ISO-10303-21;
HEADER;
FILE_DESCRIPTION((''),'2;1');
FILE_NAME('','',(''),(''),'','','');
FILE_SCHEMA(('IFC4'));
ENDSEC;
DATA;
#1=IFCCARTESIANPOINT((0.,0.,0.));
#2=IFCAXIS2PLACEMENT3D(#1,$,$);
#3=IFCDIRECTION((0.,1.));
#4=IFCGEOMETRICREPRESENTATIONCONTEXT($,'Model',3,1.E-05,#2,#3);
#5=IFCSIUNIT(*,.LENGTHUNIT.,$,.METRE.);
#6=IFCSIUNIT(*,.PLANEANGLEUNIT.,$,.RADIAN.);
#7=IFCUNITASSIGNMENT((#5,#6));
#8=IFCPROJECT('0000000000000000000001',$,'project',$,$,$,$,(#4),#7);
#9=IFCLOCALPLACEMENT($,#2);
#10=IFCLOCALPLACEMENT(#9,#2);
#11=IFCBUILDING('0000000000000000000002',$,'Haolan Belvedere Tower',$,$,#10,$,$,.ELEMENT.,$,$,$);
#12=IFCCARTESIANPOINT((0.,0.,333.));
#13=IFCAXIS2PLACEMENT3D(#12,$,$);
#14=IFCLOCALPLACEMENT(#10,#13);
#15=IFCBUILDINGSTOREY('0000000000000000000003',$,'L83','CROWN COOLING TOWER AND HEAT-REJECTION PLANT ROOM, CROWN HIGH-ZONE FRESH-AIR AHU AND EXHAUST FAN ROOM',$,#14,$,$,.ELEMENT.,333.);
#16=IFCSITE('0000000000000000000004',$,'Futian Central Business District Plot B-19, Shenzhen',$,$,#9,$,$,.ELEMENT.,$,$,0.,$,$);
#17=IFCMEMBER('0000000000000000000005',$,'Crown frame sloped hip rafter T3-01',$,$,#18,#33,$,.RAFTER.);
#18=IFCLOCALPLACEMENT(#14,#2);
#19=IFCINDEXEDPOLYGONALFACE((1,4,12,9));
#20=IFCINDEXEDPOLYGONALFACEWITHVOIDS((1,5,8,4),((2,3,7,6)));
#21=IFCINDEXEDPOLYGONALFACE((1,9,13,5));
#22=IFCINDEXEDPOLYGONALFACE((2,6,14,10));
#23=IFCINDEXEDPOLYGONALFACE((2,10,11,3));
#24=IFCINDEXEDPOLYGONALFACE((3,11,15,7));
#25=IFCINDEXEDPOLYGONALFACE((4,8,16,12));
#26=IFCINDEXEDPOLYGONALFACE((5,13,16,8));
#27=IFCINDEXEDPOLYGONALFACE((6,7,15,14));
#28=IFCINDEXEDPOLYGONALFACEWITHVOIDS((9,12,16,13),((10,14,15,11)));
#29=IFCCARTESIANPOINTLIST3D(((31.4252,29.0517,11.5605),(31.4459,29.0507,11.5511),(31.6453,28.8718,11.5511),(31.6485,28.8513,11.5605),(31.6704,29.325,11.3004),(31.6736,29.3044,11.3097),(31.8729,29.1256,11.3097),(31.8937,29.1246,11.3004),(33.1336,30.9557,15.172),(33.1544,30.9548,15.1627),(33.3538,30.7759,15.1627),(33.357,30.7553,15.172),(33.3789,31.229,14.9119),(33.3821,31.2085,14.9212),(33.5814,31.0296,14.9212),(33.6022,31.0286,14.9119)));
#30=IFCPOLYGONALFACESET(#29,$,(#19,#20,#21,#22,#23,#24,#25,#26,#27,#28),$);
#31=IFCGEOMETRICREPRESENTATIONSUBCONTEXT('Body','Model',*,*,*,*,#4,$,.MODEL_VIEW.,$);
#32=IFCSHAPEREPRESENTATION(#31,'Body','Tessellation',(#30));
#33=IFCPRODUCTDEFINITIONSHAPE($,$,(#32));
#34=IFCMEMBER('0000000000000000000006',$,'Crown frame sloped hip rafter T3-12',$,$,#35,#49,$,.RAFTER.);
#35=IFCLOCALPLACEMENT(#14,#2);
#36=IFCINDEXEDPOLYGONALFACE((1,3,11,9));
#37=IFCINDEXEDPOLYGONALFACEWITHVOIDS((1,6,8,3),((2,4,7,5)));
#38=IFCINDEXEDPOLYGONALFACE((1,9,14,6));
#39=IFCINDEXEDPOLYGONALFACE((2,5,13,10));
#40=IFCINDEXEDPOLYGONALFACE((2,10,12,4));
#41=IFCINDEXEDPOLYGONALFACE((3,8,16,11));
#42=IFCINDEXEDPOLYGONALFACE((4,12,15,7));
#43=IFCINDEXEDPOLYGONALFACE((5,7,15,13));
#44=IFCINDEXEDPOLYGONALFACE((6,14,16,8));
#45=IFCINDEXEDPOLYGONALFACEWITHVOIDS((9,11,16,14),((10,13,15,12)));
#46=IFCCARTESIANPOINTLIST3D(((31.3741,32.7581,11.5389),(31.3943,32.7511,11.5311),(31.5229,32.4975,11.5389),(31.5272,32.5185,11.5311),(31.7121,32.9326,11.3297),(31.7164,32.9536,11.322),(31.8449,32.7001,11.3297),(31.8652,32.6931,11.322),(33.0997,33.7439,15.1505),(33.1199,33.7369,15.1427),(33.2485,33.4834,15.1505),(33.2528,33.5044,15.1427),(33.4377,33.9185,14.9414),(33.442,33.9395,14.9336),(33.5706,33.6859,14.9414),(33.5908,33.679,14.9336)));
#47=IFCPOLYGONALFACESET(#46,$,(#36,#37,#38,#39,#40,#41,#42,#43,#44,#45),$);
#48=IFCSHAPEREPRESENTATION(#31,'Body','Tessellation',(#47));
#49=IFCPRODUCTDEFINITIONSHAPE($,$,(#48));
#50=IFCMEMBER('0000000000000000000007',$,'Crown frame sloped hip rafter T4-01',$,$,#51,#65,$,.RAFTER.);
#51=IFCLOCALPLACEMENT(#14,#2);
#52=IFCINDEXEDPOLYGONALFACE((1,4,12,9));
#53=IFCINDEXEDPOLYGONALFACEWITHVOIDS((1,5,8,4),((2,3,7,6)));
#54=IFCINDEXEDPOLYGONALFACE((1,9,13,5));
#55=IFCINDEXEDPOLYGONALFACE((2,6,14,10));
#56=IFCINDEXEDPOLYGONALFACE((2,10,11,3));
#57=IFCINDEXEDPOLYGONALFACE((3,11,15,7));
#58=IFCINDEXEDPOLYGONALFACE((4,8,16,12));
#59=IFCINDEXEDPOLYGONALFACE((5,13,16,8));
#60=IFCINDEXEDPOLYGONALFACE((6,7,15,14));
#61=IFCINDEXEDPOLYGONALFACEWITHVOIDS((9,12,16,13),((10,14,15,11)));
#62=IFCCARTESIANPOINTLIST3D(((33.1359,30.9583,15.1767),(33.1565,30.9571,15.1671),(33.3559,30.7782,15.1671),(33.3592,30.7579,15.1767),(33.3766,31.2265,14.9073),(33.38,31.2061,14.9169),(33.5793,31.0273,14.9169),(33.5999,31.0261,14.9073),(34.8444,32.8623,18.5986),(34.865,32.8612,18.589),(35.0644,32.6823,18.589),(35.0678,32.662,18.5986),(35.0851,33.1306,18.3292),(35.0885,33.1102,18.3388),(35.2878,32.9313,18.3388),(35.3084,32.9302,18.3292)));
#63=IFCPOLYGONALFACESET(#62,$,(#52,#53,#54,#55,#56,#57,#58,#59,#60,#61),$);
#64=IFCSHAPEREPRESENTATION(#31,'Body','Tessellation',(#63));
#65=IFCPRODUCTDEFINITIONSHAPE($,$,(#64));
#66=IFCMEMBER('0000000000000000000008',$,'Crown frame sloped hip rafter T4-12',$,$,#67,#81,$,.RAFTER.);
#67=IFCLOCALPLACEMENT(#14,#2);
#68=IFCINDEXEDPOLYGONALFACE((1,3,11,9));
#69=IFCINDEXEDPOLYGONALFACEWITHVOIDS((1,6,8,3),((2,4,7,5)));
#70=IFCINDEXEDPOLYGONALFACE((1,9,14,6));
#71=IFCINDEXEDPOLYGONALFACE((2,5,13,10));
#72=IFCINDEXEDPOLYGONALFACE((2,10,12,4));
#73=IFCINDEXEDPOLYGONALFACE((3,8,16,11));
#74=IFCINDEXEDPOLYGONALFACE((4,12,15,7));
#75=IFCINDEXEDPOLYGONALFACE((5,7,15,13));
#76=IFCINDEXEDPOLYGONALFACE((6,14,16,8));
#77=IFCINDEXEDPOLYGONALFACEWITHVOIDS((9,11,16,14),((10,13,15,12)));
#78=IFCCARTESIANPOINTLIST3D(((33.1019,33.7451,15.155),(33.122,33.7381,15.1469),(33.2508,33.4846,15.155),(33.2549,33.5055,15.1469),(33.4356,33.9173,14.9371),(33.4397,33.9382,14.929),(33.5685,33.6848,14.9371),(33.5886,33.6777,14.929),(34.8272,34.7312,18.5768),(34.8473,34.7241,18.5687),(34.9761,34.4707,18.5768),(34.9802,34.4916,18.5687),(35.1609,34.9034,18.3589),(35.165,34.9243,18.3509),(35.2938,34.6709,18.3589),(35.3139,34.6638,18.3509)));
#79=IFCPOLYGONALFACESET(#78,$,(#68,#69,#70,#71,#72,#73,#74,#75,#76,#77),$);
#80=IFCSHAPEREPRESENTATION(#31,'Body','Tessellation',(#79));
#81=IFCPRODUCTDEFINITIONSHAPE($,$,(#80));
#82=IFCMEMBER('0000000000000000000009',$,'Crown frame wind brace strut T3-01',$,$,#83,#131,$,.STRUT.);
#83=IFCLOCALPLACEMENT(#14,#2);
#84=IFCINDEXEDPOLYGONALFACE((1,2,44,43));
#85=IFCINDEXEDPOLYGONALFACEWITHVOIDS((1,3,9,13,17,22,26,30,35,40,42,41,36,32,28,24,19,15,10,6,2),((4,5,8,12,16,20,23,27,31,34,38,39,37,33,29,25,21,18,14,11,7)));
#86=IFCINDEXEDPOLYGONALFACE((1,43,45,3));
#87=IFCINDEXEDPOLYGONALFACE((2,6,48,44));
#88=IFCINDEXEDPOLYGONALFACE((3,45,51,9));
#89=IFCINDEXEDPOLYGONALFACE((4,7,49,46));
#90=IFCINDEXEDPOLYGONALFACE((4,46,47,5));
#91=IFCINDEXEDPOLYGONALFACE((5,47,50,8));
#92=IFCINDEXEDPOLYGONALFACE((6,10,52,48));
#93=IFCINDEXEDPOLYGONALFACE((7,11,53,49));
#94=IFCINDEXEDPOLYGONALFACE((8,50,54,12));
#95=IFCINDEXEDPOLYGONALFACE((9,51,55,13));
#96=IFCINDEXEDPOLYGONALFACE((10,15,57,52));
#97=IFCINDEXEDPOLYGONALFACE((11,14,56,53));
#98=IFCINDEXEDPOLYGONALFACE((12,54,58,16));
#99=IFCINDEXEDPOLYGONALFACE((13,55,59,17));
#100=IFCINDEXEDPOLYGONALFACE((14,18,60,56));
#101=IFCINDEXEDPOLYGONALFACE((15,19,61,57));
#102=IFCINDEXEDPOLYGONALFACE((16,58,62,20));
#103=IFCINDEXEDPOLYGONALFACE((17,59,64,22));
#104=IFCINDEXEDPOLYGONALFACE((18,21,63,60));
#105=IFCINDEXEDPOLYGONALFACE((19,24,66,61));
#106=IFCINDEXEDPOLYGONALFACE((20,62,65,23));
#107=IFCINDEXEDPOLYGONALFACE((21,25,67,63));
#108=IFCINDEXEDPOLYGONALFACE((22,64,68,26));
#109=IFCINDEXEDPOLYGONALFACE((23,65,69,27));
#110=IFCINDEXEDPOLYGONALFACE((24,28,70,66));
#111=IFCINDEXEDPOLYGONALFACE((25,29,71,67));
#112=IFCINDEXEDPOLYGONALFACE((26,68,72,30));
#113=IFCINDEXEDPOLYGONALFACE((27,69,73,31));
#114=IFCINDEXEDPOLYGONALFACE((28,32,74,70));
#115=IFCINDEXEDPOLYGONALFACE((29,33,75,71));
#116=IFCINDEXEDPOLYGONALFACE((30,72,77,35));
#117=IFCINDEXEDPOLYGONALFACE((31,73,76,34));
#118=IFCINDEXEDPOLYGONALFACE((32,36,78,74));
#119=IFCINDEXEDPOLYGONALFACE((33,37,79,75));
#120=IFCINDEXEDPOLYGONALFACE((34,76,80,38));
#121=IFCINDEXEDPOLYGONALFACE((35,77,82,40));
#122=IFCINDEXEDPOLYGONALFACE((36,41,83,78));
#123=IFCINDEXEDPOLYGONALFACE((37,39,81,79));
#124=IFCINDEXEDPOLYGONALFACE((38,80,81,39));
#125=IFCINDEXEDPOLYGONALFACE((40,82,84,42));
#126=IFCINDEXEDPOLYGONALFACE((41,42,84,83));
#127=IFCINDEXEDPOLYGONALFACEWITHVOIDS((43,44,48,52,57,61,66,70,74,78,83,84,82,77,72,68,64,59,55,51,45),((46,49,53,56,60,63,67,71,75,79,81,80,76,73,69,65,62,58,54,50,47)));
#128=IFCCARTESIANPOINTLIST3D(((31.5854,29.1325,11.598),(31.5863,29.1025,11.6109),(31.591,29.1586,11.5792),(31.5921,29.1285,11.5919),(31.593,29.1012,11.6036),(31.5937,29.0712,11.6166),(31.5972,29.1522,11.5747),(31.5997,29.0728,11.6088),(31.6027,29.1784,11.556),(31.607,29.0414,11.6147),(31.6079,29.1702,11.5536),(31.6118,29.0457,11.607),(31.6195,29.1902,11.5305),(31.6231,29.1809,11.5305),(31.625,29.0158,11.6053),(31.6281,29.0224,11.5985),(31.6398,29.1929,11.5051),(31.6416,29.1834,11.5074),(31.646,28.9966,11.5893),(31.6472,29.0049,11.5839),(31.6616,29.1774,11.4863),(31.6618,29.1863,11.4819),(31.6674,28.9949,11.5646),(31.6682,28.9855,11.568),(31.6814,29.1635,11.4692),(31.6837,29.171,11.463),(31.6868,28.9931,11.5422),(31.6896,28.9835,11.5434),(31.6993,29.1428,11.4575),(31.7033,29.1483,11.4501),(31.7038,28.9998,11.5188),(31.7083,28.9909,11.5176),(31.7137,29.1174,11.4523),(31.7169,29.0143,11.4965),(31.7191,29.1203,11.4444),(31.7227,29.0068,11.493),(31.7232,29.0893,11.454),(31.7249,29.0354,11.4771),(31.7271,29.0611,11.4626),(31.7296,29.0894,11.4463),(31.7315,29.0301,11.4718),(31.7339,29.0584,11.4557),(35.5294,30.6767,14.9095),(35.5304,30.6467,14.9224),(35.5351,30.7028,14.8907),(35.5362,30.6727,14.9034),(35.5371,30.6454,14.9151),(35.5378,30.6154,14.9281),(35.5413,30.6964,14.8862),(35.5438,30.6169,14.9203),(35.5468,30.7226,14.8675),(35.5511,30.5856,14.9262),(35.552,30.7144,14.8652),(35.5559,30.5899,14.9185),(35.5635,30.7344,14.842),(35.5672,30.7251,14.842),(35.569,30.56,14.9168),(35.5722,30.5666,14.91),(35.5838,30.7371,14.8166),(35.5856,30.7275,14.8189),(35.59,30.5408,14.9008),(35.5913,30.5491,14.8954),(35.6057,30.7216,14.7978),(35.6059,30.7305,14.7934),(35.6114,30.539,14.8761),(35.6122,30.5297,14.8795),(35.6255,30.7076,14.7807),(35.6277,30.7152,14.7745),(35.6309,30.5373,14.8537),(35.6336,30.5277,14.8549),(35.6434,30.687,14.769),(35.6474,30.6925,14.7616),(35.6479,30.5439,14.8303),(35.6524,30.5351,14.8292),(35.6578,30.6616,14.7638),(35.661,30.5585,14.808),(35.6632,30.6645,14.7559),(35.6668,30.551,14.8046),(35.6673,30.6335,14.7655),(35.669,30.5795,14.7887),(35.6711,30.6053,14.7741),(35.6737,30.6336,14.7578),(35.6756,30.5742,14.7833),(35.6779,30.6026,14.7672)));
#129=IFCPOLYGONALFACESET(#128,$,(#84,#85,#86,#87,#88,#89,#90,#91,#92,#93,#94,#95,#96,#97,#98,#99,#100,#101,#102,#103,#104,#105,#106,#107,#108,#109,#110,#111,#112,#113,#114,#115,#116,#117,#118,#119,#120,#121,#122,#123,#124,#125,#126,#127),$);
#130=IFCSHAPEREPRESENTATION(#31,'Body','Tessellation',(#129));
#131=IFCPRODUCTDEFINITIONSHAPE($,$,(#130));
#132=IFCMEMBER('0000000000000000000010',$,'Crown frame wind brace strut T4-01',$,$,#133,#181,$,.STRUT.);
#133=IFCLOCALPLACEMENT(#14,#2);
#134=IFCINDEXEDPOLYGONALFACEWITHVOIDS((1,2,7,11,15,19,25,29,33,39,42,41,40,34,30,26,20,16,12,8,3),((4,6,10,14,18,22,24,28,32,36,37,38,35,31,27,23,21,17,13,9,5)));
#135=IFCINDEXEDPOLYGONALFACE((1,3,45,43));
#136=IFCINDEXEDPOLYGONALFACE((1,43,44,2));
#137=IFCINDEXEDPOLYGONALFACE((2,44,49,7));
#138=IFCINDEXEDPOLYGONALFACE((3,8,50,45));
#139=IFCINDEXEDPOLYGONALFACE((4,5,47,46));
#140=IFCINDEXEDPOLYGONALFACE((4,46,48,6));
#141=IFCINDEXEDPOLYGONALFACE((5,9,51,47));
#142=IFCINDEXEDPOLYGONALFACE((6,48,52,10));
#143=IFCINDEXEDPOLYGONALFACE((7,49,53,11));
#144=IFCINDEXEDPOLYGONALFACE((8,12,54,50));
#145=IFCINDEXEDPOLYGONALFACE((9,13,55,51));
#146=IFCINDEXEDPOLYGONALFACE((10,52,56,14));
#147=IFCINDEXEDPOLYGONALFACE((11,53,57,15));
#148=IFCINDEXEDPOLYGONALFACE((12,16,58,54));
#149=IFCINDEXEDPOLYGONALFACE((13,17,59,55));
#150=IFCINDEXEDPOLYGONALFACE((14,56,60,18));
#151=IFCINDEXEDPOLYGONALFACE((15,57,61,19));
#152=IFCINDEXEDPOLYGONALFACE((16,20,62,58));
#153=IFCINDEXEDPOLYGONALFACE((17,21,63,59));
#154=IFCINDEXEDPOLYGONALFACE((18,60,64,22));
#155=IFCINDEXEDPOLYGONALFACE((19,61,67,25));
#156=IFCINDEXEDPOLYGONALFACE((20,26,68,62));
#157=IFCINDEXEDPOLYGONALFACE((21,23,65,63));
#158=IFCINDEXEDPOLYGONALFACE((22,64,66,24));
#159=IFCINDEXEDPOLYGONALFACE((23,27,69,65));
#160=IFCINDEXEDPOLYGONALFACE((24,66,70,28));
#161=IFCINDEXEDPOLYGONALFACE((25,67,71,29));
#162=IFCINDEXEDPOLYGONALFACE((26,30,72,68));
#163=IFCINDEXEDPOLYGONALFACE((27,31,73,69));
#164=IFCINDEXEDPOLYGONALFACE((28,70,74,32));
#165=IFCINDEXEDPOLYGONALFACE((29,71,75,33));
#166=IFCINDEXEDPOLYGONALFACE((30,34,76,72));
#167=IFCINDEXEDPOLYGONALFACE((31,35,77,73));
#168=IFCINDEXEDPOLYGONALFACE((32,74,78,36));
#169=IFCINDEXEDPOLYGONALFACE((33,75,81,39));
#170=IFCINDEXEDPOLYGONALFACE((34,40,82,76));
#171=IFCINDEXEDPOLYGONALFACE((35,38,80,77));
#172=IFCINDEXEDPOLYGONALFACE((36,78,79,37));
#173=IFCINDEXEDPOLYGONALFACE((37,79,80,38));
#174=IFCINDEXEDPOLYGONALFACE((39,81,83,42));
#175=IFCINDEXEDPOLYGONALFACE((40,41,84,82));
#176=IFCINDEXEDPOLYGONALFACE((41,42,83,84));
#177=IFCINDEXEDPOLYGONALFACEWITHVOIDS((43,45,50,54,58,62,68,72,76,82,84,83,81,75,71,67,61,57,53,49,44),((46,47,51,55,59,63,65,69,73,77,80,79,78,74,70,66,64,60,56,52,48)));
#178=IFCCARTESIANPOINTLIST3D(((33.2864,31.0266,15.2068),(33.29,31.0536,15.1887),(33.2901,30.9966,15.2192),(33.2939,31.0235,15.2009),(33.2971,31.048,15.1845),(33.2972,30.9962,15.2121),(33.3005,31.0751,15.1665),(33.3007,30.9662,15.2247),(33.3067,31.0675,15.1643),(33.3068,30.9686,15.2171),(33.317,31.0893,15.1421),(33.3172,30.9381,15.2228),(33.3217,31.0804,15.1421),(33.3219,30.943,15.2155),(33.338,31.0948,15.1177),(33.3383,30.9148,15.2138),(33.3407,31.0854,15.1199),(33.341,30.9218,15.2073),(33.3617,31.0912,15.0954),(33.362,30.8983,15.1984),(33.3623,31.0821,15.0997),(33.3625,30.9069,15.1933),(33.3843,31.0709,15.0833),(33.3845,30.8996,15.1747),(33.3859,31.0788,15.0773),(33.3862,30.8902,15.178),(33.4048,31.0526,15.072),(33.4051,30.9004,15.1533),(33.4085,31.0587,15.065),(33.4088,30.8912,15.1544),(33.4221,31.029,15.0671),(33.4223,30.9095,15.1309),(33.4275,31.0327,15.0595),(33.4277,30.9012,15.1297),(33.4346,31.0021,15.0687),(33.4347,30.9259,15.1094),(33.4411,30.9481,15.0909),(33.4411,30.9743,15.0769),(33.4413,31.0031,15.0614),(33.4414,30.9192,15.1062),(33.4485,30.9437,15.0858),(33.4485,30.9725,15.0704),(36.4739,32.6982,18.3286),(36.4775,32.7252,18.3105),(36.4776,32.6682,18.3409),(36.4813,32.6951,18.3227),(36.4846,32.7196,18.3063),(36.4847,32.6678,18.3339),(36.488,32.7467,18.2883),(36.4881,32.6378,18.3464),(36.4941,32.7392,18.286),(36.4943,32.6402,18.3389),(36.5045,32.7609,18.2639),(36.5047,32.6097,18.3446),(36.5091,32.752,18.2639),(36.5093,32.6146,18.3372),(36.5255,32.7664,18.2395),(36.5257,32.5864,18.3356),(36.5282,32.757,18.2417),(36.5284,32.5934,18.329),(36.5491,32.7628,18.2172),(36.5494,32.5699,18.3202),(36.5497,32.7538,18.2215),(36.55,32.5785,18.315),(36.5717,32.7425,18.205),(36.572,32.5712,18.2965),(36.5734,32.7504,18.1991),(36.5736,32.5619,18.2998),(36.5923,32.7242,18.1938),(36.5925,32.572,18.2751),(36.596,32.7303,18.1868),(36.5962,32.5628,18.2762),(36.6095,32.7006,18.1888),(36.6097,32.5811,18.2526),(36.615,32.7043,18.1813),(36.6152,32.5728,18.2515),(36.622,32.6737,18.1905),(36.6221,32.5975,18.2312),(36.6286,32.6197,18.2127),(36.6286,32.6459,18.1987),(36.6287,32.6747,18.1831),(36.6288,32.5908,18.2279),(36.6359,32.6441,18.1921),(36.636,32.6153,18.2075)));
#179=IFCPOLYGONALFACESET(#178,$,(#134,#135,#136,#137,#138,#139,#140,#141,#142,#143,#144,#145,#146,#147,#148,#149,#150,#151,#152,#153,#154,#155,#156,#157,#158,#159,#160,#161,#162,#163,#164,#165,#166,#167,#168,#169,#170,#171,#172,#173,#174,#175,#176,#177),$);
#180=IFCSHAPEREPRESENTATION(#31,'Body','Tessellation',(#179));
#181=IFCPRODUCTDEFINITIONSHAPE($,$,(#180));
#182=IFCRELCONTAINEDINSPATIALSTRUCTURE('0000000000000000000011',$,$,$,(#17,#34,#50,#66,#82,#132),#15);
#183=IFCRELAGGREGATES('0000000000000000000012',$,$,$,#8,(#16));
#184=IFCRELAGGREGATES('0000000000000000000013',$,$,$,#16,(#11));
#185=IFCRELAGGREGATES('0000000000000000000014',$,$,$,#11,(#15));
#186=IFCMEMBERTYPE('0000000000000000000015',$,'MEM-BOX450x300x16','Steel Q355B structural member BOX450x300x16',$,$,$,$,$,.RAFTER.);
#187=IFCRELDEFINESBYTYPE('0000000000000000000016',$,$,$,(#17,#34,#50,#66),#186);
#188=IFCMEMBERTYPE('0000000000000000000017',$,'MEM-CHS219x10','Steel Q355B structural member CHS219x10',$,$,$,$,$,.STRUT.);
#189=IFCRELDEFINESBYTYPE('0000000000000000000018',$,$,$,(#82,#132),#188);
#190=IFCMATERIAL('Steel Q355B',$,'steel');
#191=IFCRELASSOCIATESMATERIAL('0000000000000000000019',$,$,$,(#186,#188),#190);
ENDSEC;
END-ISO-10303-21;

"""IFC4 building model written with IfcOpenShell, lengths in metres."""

from ifc_helpers import new_model, si_unit, direction, frame, origin, origin_2d, place, context, subcontext, project, spatial, hollow_rectangle, hollow_circle, extrude, material, material_profile, profile_set, type_object, element, save


model = new_model("IFC4")

# Units and contexts
model_context = context("Model", 3, precision=1e-05, world=origin(), true_north=direction((0.0, 1.0)))
body_context = subcontext(model_context, "Body", "Model", "MODEL_VIEW")
ifc_project = project(units=[si_unit("LENGTHUNIT", "METRE"), si_unit("PLANEANGLEUNIT", "RADIAN")], contexts=[model_context])

# Site, building, storey
site_placement = place(None, origin())
site = spatial("IfcSite", under=ifc_project, at=site_placement, Name="Futian Central Business District Plot B-19, Shenzhen", CompositionType="ELEMENT", RefElevation=0.0)
building_placement = place(site_placement, origin())
building = spatial("IfcBuilding", under=site, at=building_placement, Name="Haolan Belvedere Tower", CompositionType="ELEMENT")
storey_placement = place(building_placement, frame((0.0, 0.0, 333.0)))
storey = spatial("IfcBuildingStorey", under=building, at=storey_placement, Name="L83", Description="CROWN COOLING TOWER AND HEAT-REJECTION PLANT ROOM, CROWN HIGH-ZONE FRESH-AIR AHU AND EXHAUST FAN ROOM", CompositionType="ELEMENT", Elevation=333.0)

# Members
ifc_material_1 = material(Name="Steel Q355B", Category="steel")
ifc_material_profile_1 = material_profile(ifc_material_1, hollow_rectangle(XDim=0.3, YDim=0.45, WallThickness=0.0161, at=origin_2d()), Name="Steel Q355B")
ifc_profile_set_1 = profile_set([ifc_material_profile_1], Name="Steel Q355B")
member_type_1 = type_object("IfcMemberType", Name="MEM-BOX450x300x16", Description="Steel Q355B structural member BOX450x300x16", PredefinedType="RAFTER", material=ifc_profile_set_1)
member_1_placement = place(storey_placement, frame((31.6594, 29.0881, 11.4304), z_axis=(0.38603, 0.430215, 0.816024), x_axis=(-0.744295, 0.667851, 0.0)))
element("IfcMember", 1, at=member_1_placement, inside=storey, type_object=member_type_1, Name="Crown frame sloped hip rafter T3-01", PredefinedType="RAFTER", context=body_context, shape_type="SweptSolid", body=[
    extrude(hollow_rectangle(XDim=0.3, YDim=0.45, WallThickness=0.0161, at=origin_2d()), origin(), (0.0, 0.0, 1.0), 4.4258),
])
member_2_placement = place(storey_placement, frame((31.6196, 32.7256, 11.4304), z_axis=(0.418602, 0.239151, 0.876116), x_axis=(-0.49606, 0.868288, 0.0)))
element("IfcMember", 2, at=member_2_placement, inside=storey, type_object=member_type_1, Name="Crown frame sloped hip rafter T3-12", PredefinedType="RAFTER", context=body_context, shape_type="SweptSolid", body=[
    extrude(hollow_rectangle(XDim=0.3, YDim=0.45, WallThickness=0.0161, at=origin_2d()), origin(), (0.0, 0.0, 1.0), 4.1223),
])
member_3_placement = place(storey_placement, frame((33.3679, 30.9922, 15.042), z_axis=(0.399889, 0.445661, 0.800921), x_axis=(-0.744295, 0.667851, 0.0)))
element("IfcMember", 3, at=member_3_placement, inside=storey, type_object=member_type_1, Name="Crown frame sloped hip rafter T4-01", PredefinedType="RAFTER", context=body_context, shape_type="SweptSolid", body=[
    extrude(hollow_rectangle(XDim=0.3, YDim=0.45, WallThickness=0.0161, at=origin_2d()), origin(), (0.0, 0.0, 1.0), 4.2725),
])
member_4_placement = place(storey_placement, frame((33.3452, 33.7114, 15.042), z_axis=(0.436015, 0.249196, 0.86475), x_axis=(-0.496205, 0.868205, 0.0)))
element("IfcMember", 4, at=member_4_placement, inside=storey, type_object=member_type_1, Name="Crown frame sloped hip rafter T4-12", PredefinedType="RAFTER", context=body_context, shape_type="SweptSolid", body=[
    extrude(hollow_rectangle(XDim=0.3, YDim=0.45, WallThickness=0.0161, at=origin_2d()), origin(), (0.0, 0.0, 1.0), 3.957),
])
ifc_material_profile_2 = material_profile(ifc_material_1, hollow_circle(Radius=0.1096, WallThickness=0.01, at=origin_2d()), Name="Steel Q355B")
ifc_profile_set_2 = profile_set([ifc_material_profile_2], Name="Steel Q355B")
member_type_2 = type_object("IfcMemberType", Name="MEM-CHS219x10", Description="Steel Q355B structural member CHS219x10", PredefinedType="STRUT", material=ifc_profile_set_2)
member_5_placement = place(storey_placement, frame((31.6594, 29.0881, 11.5305), z_axis=(0.733582, 0.287212, 0.615927), x_axis=(-0.364573, 0.931175, 0.0)))
element("IfcMember", 5, at=member_5_placement, inside=storey, type_object=member_type_2, Name="Crown frame wind brace strut T3-01", PredefinedType="STRUT", context=body_context, shape_type="SweptSolid", body=[
    extrude(hollow_circle(Radius=0.1096, WallThickness=0.01, at=origin_2d()), origin(), (0.0, 0.0, 1.0), 5.3765),
])
member_6_placement = place(storey_placement, frame((33.3679, 30.9922, 15.1421), z_axis=(0.669013, 0.350852, 0.655229), x_axis=(-0.46444, 0.885604, 0.0)))
element("IfcMember", 6, at=member_6_placement, inside=storey, type_object=member_type_2, Name="Crown frame wind brace strut T4-01", PredefinedType="STRUT", context=body_context, shape_type="SweptSolid", body=[
    extrude(hollow_circle(Radius=0.1096, WallThickness=0.01, at=origin_2d()), origin(), (0.0, 0.0, 1.0), 4.7644),
])

save(model, "model.ifc")
